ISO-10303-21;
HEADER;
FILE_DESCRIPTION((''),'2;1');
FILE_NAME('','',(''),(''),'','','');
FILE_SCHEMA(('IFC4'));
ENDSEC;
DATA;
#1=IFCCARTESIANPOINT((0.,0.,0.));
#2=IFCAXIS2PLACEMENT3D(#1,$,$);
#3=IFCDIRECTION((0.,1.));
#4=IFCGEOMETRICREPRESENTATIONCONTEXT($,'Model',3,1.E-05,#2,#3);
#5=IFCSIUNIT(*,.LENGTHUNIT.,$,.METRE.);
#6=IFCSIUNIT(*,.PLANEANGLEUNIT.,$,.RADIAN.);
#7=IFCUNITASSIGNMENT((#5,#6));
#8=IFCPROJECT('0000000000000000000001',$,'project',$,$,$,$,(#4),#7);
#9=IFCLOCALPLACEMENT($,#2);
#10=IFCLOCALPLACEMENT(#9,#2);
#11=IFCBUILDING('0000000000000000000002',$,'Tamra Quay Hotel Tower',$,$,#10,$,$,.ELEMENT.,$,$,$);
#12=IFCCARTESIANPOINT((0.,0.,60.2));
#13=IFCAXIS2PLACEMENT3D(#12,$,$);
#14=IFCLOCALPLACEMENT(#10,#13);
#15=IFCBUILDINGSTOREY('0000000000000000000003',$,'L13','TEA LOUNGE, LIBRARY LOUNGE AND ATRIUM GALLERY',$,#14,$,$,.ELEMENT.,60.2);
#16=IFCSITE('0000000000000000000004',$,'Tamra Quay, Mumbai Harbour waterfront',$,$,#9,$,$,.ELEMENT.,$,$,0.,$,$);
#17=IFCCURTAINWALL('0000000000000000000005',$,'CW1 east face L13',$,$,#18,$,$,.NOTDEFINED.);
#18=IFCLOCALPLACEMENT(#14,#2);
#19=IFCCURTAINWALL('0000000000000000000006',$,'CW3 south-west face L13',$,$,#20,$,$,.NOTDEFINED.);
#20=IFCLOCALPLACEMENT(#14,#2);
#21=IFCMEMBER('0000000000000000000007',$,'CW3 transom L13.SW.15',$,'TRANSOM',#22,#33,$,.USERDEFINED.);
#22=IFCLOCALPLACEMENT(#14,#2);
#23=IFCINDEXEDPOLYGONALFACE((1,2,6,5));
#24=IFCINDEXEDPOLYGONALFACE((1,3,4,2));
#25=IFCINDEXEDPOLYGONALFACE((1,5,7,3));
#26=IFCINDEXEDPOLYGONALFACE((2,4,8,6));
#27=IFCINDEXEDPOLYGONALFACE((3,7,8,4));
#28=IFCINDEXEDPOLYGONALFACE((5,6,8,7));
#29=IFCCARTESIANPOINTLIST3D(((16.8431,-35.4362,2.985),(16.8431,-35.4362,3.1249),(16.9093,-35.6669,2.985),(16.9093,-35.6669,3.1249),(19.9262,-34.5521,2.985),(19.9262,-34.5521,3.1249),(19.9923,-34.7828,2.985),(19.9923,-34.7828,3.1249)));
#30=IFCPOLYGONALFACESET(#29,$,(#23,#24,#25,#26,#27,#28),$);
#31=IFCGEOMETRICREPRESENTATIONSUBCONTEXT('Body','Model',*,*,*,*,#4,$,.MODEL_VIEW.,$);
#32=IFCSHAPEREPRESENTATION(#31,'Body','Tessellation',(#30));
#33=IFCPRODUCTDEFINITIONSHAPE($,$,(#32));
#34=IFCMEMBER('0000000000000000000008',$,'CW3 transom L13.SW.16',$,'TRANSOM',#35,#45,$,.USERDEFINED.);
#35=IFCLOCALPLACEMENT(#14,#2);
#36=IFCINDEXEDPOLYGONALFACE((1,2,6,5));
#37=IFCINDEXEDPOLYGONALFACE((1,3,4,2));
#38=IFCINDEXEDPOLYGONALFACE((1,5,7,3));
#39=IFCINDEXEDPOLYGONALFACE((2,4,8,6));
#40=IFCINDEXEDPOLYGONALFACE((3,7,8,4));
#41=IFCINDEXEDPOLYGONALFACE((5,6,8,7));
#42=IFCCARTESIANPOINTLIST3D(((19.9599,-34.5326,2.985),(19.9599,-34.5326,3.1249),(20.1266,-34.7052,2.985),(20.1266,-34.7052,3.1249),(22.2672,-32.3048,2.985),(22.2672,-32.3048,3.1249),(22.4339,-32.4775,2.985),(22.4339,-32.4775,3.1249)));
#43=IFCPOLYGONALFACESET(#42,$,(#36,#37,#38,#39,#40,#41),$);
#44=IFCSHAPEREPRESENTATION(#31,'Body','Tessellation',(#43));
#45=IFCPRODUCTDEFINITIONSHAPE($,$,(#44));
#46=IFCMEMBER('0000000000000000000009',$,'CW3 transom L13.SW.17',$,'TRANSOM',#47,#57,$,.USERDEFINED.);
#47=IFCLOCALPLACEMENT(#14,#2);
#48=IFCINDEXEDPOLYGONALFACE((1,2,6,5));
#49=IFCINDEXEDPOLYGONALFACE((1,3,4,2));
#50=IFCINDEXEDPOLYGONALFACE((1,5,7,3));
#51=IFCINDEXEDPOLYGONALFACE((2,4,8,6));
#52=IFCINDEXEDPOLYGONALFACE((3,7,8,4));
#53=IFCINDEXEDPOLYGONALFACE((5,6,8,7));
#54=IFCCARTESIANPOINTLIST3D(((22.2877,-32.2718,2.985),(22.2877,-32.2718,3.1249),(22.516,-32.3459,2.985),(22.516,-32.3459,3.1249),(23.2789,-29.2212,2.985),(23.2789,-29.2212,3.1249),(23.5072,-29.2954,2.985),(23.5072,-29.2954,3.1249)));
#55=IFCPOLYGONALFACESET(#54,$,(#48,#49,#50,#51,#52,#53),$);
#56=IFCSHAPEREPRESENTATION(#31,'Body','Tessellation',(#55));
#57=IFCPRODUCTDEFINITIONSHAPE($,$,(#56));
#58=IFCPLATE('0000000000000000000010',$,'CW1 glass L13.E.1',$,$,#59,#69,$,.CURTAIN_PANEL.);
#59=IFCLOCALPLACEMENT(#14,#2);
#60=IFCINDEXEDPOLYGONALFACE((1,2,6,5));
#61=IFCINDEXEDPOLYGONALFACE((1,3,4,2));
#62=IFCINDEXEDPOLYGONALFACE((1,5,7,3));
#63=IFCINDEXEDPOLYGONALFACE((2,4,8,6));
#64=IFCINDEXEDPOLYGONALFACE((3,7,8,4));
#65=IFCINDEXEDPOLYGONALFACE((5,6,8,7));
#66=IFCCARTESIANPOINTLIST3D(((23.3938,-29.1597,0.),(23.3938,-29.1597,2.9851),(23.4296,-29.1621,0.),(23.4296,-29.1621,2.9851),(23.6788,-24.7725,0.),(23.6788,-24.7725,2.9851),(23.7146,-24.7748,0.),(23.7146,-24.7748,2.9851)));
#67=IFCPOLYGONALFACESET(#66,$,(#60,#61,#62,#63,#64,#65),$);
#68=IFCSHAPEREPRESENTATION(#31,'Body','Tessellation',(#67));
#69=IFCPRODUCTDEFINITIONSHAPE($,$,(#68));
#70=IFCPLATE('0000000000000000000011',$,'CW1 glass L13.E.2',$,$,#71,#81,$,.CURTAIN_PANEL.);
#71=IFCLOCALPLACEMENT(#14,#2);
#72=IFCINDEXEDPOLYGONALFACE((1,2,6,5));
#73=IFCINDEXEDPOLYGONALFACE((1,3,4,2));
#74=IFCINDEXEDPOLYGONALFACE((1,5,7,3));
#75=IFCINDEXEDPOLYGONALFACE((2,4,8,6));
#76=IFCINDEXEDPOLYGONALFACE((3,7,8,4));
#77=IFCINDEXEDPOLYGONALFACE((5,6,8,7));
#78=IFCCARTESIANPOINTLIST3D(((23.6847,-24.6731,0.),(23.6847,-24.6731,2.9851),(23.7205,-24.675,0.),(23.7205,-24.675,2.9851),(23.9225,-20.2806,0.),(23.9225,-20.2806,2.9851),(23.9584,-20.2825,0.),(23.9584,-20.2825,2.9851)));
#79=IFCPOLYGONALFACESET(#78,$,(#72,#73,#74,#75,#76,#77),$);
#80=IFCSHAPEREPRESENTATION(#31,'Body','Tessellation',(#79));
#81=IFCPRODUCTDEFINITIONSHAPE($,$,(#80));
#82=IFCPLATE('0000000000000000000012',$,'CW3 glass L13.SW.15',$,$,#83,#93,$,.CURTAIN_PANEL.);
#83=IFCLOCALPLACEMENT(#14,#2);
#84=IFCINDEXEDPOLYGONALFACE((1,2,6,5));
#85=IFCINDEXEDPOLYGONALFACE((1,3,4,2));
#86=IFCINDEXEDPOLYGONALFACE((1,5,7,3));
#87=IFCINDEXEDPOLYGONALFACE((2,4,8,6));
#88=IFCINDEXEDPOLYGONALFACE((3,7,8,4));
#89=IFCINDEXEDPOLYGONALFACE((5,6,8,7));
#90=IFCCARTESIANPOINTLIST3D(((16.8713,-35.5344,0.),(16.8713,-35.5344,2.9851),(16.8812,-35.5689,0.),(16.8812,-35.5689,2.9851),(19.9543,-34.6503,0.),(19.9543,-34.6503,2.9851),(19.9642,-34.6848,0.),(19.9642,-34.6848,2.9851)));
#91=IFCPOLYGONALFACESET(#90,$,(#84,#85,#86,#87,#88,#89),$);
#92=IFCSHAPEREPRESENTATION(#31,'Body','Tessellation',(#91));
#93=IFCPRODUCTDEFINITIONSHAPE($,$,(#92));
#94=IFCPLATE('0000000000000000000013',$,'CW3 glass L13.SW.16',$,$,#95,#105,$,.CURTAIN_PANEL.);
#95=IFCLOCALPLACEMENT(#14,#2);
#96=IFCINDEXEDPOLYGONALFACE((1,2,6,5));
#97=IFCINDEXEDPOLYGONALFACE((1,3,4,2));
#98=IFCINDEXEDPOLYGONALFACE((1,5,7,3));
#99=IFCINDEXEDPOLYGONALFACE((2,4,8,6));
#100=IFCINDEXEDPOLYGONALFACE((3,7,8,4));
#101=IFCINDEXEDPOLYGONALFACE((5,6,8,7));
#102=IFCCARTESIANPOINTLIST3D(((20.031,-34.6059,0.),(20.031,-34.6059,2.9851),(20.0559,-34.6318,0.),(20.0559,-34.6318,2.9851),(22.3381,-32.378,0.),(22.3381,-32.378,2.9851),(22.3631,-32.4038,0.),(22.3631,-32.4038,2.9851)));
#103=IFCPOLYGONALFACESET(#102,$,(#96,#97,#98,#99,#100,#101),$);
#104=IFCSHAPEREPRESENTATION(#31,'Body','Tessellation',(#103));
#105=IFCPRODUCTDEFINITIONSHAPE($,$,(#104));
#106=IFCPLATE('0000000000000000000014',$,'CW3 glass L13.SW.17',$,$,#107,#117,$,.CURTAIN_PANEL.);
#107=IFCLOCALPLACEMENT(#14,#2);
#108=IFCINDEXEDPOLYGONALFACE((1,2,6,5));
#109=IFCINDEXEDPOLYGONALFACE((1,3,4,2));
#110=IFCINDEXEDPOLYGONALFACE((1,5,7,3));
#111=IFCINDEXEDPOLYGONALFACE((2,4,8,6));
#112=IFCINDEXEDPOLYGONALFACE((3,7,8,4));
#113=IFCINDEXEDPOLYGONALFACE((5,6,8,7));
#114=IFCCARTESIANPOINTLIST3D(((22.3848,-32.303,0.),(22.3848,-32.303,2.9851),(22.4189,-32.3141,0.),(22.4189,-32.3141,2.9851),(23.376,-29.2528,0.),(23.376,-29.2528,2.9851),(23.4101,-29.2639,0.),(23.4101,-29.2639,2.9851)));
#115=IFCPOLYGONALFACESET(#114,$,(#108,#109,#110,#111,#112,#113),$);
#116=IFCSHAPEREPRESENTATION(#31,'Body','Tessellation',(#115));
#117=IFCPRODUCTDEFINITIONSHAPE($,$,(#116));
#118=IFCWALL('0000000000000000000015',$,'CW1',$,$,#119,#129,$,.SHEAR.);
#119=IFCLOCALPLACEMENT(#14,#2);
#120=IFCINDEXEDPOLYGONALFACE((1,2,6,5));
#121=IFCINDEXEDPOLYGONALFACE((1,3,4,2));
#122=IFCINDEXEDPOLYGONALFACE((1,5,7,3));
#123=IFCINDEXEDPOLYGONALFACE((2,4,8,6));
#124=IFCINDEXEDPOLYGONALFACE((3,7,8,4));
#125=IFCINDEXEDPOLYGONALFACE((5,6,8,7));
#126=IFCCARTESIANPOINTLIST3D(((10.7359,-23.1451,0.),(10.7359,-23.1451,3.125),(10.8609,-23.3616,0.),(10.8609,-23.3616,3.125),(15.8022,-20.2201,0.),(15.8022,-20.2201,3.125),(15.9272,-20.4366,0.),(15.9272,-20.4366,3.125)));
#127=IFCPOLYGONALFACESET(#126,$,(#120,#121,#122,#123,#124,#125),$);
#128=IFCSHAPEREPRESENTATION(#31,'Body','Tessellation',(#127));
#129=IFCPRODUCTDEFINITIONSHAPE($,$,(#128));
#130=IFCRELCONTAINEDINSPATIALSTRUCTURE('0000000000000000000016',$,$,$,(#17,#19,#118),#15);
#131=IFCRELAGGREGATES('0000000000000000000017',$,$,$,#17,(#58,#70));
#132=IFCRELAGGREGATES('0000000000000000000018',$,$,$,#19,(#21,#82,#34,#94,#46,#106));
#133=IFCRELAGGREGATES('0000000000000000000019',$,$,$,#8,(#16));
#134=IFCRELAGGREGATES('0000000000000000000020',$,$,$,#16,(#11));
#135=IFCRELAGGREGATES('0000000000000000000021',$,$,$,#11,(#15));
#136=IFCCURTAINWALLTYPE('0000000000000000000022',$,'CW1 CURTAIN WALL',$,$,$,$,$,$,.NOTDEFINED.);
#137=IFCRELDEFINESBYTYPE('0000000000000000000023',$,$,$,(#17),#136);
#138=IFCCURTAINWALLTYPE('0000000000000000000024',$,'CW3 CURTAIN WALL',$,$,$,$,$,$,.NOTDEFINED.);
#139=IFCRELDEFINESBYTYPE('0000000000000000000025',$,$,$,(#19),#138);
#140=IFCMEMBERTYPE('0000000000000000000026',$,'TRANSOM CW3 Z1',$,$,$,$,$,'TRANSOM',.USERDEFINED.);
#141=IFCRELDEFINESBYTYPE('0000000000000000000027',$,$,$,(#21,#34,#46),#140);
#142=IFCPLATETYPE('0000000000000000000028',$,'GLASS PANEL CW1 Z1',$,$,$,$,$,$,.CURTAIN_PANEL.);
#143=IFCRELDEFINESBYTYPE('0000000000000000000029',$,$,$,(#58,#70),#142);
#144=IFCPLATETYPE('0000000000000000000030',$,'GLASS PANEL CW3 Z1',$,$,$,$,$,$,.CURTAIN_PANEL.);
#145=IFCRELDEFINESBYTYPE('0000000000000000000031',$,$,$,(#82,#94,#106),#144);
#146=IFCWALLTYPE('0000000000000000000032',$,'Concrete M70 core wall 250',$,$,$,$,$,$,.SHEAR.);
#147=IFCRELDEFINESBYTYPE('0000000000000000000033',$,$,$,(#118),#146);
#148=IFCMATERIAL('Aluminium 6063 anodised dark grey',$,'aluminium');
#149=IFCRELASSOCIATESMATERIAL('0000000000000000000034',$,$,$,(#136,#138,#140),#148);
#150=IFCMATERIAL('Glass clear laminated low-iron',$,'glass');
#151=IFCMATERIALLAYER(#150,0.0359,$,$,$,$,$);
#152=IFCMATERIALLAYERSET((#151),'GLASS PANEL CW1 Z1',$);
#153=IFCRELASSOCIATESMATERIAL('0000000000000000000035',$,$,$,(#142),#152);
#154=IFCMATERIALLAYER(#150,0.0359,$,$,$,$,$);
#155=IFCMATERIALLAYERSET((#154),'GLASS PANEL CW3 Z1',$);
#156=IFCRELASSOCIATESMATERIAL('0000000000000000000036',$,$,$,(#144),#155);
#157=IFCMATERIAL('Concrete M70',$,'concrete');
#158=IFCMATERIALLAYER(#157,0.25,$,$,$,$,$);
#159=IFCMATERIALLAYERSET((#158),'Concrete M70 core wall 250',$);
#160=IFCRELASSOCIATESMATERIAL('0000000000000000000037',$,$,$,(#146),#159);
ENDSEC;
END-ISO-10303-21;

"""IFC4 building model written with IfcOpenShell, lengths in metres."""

from ifc_helpers import new_model, si_unit, direction, frame, frame_2d, origin, origin_2d, place, context, subcontext, project, spatial, rectangle, extrude, material, layer, layer_set, material_profile, profile_set, type_object, element, aggregate, save


model = new_model("IFC4")

# Units and contexts
model_context = context("Model", 3, precision=1e-05, world=origin(), true_north=direction((0.0, 1.0)))
body_context = subcontext(model_context, "Body", "Model", "MODEL_VIEW")
ifc_project = project(units=[si_unit("LENGTHUNIT", "METRE"), si_unit("PLANEANGLEUNIT", "RADIAN")], contexts=[model_context])

# Site, building, storey
site_placement = place(None, origin())
site = spatial("IfcSite", under=ifc_project, at=site_placement, Name="Tamra Quay, Mumbai Harbour waterfront", CompositionType="ELEMENT", RefElevation=0.0)
building_placement = place(site_placement, origin())
building = spatial("IfcBuilding", under=site, at=building_placement, Name="Tamra Quay Hotel Tower", CompositionType="ELEMENT")
storey_placement = place(building_placement, frame((0.0, 0.0, 60.2)))
storey = spatial("IfcBuildingStorey", under=building, at=storey_placement, Name="L13", Description="TEA LOUNGE, LIBRARY LOUNGE AND ATRIUM GALLERY", CompositionType="ELEMENT", Elevation=60.2)

# Shared definitions
ifc_material_1 = material(Name="Concrete M70", Category="concrete")

# Curtain wall
ifc_material_2 = material(Name="Aluminium 6063 anodised dark grey", Category="aluminium")
curtain_wall_type_1 = type_object("IfcCurtainWallType", Name="CW1 CURTAIN WALL", PredefinedType="NOTDEFINED", material=ifc_material_2)
curtain_wall_1_placement = place(storey_placement, origin())
curtain_wall_1 = element("IfcCurtainWall", 1, at=curtain_wall_1_placement, inside=storey, type_object=curtain_wall_type_1, Name="CW1 east face L13", PredefinedType="NOTDEFINED")

# Curtain wall
curtain_wall_type_2 = type_object("IfcCurtainWallType", Name="CW3 CURTAIN WALL", PredefinedType="NOTDEFINED", material=ifc_material_2)
curtain_wall_2_placement = place(storey_placement, origin())
curtain_wall_2 = element("IfcCurtainWall", 2, at=curtain_wall_2_placement, inside=storey, type_object=curtain_wall_type_2, Name="CW3 south-west face L13", PredefinedType="NOTDEFINED")

# Members
ifc_material_profile_1 = material_profile(ifc_material_2, rectangle(XDim=0.24, YDim=0.1399, at=origin_2d()), Name="TRANSOM 240X140")
ifc_profile_set_1 = profile_set([ifc_material_profile_1], Name="Aluminium 6063 anodised dark grey")
member_type_1 = type_object("IfcMemberType", Name="TRANSOM CW3 Z1", ElementType="TRANSOM", PredefinedType="USERDEFINED", material=ifc_profile_set_1)
member_1_placement = place(storey_placement, frame((16.8762, -35.5515, 3.0549), z_axis=(0.961262, 0.275636, 0.0), x_axis=(-0.275636, 0.961262, 0.0)))
member_1 = element("IfcMember", 3, at=member_1_placement, type_object=member_type_1, Name="CW3 transom L13.SW.15", ObjectType="TRANSOM", PredefinedType="USERDEFINED", context=body_context, shape_type="SweptSolid", body=[
    extrude(rectangle(XDim=0.24, YDim=0.1399, at=origin_2d()), origin(), (0.0, 0.0, 1.0), 3.2073),
])
member_2_placement = place(storey_placement, frame((20.0432, -34.6189, 3.0549), z_axis=(0.719405, 0.69459, 0.0), x_axis=(-0.69459, 0.719405, 0.0)))
member_2 = element("IfcMember", 4, at=member_2_placement, type_object=member_type_1, Name="CW3 transom L13.SW.16", ObjectType="TRANSOM", PredefinedType="USERDEFINED", context=body_context, shape_type="SweptSolid", body=[
    extrude(rectangle(XDim=0.24, YDim=0.1399, at=origin_2d()), origin(), (0.0, 0.0, 1.0), 3.2073),
])
member_3_placement = place(storey_placement, frame((22.4019, -32.3088, 3.0549), z_axis=(0.309026, 0.951054, 0.0), x_axis=(-0.951054, 0.309026, 0.0)))
member_3 = element("IfcMember", 5, at=member_3_placement, type_object=member_type_1, Name="CW3 transom L13.SW.17", ObjectType="TRANSOM", PredefinedType="USERDEFINED", context=body_context, shape_type="SweptSolid", body=[
    extrude(rectangle(XDim=0.24, YDim=0.1399, at=origin_2d()), origin(), (0.0, 0.0, 1.0), 3.2075),
])

# Plates
ifc_material_3 = material(Name="Glass clear laminated low-iron", Category="glass")
ifc_layer_1 = layer(ifc_material_3, 0.0359)
ifc_layer_set_1 = layer_set([ifc_layer_1], Name="GLASS PANEL CW1 Z1")
plate_type_1 = type_object("IfcPlateType", Name="GLASS PANEL CW1 Z1", PredefinedType="CURTAIN_PANEL", material=ifc_layer_set_1)
plate_1_placement = place(storey_placement, frame((23.5542, -26.9673, 0.0), z_axis=(0.0, 0.0, 1.0), x_axis=(0.064813, 0.997897, 0.0)))
plate_1 = element("IfcPlate", 6, at=plate_1_placement, type_object=plate_type_1, Name="CW1 glass L13.E.1", PredefinedType="CURTAIN_PANEL", context=body_context, shape_type="SweptSolid", body=[
    extrude(rectangle(XDim=4.3965, YDim=0.0359, at=origin_2d()), origin(), (0.0, 0.0, 1.0), 2.9851),
])
plate_2_placement = place(storey_placement, frame((23.8215, -22.4778, 0.0), z_axis=(0.0, 0.0, 1.0), x_axis=(0.054062, 0.998538, 0.0)))
plate_2 = element("IfcPlate", 7, at=plate_2_placement, type_object=plate_type_1, Name="CW1 glass L13.E.2", PredefinedType="CURTAIN_PANEL", context=body_context, shape_type="SweptSolid", body=[
    extrude(rectangle(XDim=4.3989, YDim=0.0359, at=origin_2d()), origin(), (0.0, 0.0, 1.0), 2.9851),
])
aggregate(curtain_wall_1, [plate_1, plate_2])
ifc_layer_2 = layer(ifc_material_3, 0.0359)
ifc_layer_set_2 = layer_set([ifc_layer_2], Name="GLASS PANEL CW3 Z1")
plate_type_2 = type_object("IfcPlateType", Name="GLASS PANEL CW3 Z1", PredefinedType="CURTAIN_PANEL", material=ifc_layer_set_2)
plate_3_placement = place(storey_placement, frame((18.4177, -35.1096, 0.0), z_axis=(0.0, 0.0, 1.0), x_axis=(0.961259, 0.275645, 0.0)))
plate_3 = element("IfcPlate", 8, at=plate_3_placement, type_object=plate_type_2, Name="CW3 glass L13.SW.15", PredefinedType="CURTAIN_PANEL", context=body_context, shape_type="SweptSolid", body=[
    extrude(rectangle(XDim=3.2073, YDim=0.0359, at=origin_2d()), origin(), (0.0, 0.0, 1.0), 2.9851),
])
plate_4_placement = place(storey_placement, frame((21.197, -33.5049, 0.0), z_axis=(0.0, 0.0, 1.0), x_axis=(0.719346, 0.694652, 0.0)))
plate_4 = element("IfcPlate", 9, at=plate_4_placement, type_object=plate_type_2, Name="CW3 glass L13.SW.16", PredefinedType="CURTAIN_PANEL", context=body_context, shape_type="SweptSolid", body=[
    extrude(rectangle(XDim=3.2073, YDim=0.0359, at=origin_2d()), origin(), (0.0, 0.0, 1.0), 2.9851),
])
plate_5_placement = place(storey_placement, frame((22.8975, -30.7834, 0.0), z_axis=(0.0, 0.0, 1.0), x_axis=(0.309041, 0.951049, 0.0)))
plate_5 = element("IfcPlate", 10, at=plate_5_placement, type_object=plate_type_2, Name="CW3 glass L13.SW.17", PredefinedType="CURTAIN_PANEL", context=body_context, shape_type="SweptSolid", body=[
    extrude(rectangle(XDim=3.2073, YDim=0.0359, at=origin_2d()), origin(), (0.0, 0.0, 1.0), 2.9851),
])
aggregate(curtain_wall_2, [member_1, plate_3, member_2, plate_4, member_3, plate_5])

# Wall
ifc_layer_3 = layer(ifc_material_1, 0.25)
ifc_layer_set_3 = layer_set([ifc_layer_3], Name="Concrete M70 core wall 250")
wall_type = type_object("IfcWallType", Name="Concrete M70 core wall 250", PredefinedType="SHEAR", material=ifc_layer_set_3)
wall_placement = place(storey_placement, frame((15.8647, -20.3284, 0.0), z_axis=(0.0, 0.0, 1.0), x_axis=(-0.866029, -0.499995, 0.0)))
element("IfcWall", 11, at=wall_placement, inside=storey, type_object=wall_type, Name="CW1", PredefinedType="SHEAR", context=body_context, shape_type="SweptSolid", body=[
    extrude(rectangle(XDim=5.8501, YDim=0.25, at=frame_2d((2.925, 0.0))), origin(), (0.0, 0.0, 1.0), 3.125),
])

save(model, "model.ifc")
